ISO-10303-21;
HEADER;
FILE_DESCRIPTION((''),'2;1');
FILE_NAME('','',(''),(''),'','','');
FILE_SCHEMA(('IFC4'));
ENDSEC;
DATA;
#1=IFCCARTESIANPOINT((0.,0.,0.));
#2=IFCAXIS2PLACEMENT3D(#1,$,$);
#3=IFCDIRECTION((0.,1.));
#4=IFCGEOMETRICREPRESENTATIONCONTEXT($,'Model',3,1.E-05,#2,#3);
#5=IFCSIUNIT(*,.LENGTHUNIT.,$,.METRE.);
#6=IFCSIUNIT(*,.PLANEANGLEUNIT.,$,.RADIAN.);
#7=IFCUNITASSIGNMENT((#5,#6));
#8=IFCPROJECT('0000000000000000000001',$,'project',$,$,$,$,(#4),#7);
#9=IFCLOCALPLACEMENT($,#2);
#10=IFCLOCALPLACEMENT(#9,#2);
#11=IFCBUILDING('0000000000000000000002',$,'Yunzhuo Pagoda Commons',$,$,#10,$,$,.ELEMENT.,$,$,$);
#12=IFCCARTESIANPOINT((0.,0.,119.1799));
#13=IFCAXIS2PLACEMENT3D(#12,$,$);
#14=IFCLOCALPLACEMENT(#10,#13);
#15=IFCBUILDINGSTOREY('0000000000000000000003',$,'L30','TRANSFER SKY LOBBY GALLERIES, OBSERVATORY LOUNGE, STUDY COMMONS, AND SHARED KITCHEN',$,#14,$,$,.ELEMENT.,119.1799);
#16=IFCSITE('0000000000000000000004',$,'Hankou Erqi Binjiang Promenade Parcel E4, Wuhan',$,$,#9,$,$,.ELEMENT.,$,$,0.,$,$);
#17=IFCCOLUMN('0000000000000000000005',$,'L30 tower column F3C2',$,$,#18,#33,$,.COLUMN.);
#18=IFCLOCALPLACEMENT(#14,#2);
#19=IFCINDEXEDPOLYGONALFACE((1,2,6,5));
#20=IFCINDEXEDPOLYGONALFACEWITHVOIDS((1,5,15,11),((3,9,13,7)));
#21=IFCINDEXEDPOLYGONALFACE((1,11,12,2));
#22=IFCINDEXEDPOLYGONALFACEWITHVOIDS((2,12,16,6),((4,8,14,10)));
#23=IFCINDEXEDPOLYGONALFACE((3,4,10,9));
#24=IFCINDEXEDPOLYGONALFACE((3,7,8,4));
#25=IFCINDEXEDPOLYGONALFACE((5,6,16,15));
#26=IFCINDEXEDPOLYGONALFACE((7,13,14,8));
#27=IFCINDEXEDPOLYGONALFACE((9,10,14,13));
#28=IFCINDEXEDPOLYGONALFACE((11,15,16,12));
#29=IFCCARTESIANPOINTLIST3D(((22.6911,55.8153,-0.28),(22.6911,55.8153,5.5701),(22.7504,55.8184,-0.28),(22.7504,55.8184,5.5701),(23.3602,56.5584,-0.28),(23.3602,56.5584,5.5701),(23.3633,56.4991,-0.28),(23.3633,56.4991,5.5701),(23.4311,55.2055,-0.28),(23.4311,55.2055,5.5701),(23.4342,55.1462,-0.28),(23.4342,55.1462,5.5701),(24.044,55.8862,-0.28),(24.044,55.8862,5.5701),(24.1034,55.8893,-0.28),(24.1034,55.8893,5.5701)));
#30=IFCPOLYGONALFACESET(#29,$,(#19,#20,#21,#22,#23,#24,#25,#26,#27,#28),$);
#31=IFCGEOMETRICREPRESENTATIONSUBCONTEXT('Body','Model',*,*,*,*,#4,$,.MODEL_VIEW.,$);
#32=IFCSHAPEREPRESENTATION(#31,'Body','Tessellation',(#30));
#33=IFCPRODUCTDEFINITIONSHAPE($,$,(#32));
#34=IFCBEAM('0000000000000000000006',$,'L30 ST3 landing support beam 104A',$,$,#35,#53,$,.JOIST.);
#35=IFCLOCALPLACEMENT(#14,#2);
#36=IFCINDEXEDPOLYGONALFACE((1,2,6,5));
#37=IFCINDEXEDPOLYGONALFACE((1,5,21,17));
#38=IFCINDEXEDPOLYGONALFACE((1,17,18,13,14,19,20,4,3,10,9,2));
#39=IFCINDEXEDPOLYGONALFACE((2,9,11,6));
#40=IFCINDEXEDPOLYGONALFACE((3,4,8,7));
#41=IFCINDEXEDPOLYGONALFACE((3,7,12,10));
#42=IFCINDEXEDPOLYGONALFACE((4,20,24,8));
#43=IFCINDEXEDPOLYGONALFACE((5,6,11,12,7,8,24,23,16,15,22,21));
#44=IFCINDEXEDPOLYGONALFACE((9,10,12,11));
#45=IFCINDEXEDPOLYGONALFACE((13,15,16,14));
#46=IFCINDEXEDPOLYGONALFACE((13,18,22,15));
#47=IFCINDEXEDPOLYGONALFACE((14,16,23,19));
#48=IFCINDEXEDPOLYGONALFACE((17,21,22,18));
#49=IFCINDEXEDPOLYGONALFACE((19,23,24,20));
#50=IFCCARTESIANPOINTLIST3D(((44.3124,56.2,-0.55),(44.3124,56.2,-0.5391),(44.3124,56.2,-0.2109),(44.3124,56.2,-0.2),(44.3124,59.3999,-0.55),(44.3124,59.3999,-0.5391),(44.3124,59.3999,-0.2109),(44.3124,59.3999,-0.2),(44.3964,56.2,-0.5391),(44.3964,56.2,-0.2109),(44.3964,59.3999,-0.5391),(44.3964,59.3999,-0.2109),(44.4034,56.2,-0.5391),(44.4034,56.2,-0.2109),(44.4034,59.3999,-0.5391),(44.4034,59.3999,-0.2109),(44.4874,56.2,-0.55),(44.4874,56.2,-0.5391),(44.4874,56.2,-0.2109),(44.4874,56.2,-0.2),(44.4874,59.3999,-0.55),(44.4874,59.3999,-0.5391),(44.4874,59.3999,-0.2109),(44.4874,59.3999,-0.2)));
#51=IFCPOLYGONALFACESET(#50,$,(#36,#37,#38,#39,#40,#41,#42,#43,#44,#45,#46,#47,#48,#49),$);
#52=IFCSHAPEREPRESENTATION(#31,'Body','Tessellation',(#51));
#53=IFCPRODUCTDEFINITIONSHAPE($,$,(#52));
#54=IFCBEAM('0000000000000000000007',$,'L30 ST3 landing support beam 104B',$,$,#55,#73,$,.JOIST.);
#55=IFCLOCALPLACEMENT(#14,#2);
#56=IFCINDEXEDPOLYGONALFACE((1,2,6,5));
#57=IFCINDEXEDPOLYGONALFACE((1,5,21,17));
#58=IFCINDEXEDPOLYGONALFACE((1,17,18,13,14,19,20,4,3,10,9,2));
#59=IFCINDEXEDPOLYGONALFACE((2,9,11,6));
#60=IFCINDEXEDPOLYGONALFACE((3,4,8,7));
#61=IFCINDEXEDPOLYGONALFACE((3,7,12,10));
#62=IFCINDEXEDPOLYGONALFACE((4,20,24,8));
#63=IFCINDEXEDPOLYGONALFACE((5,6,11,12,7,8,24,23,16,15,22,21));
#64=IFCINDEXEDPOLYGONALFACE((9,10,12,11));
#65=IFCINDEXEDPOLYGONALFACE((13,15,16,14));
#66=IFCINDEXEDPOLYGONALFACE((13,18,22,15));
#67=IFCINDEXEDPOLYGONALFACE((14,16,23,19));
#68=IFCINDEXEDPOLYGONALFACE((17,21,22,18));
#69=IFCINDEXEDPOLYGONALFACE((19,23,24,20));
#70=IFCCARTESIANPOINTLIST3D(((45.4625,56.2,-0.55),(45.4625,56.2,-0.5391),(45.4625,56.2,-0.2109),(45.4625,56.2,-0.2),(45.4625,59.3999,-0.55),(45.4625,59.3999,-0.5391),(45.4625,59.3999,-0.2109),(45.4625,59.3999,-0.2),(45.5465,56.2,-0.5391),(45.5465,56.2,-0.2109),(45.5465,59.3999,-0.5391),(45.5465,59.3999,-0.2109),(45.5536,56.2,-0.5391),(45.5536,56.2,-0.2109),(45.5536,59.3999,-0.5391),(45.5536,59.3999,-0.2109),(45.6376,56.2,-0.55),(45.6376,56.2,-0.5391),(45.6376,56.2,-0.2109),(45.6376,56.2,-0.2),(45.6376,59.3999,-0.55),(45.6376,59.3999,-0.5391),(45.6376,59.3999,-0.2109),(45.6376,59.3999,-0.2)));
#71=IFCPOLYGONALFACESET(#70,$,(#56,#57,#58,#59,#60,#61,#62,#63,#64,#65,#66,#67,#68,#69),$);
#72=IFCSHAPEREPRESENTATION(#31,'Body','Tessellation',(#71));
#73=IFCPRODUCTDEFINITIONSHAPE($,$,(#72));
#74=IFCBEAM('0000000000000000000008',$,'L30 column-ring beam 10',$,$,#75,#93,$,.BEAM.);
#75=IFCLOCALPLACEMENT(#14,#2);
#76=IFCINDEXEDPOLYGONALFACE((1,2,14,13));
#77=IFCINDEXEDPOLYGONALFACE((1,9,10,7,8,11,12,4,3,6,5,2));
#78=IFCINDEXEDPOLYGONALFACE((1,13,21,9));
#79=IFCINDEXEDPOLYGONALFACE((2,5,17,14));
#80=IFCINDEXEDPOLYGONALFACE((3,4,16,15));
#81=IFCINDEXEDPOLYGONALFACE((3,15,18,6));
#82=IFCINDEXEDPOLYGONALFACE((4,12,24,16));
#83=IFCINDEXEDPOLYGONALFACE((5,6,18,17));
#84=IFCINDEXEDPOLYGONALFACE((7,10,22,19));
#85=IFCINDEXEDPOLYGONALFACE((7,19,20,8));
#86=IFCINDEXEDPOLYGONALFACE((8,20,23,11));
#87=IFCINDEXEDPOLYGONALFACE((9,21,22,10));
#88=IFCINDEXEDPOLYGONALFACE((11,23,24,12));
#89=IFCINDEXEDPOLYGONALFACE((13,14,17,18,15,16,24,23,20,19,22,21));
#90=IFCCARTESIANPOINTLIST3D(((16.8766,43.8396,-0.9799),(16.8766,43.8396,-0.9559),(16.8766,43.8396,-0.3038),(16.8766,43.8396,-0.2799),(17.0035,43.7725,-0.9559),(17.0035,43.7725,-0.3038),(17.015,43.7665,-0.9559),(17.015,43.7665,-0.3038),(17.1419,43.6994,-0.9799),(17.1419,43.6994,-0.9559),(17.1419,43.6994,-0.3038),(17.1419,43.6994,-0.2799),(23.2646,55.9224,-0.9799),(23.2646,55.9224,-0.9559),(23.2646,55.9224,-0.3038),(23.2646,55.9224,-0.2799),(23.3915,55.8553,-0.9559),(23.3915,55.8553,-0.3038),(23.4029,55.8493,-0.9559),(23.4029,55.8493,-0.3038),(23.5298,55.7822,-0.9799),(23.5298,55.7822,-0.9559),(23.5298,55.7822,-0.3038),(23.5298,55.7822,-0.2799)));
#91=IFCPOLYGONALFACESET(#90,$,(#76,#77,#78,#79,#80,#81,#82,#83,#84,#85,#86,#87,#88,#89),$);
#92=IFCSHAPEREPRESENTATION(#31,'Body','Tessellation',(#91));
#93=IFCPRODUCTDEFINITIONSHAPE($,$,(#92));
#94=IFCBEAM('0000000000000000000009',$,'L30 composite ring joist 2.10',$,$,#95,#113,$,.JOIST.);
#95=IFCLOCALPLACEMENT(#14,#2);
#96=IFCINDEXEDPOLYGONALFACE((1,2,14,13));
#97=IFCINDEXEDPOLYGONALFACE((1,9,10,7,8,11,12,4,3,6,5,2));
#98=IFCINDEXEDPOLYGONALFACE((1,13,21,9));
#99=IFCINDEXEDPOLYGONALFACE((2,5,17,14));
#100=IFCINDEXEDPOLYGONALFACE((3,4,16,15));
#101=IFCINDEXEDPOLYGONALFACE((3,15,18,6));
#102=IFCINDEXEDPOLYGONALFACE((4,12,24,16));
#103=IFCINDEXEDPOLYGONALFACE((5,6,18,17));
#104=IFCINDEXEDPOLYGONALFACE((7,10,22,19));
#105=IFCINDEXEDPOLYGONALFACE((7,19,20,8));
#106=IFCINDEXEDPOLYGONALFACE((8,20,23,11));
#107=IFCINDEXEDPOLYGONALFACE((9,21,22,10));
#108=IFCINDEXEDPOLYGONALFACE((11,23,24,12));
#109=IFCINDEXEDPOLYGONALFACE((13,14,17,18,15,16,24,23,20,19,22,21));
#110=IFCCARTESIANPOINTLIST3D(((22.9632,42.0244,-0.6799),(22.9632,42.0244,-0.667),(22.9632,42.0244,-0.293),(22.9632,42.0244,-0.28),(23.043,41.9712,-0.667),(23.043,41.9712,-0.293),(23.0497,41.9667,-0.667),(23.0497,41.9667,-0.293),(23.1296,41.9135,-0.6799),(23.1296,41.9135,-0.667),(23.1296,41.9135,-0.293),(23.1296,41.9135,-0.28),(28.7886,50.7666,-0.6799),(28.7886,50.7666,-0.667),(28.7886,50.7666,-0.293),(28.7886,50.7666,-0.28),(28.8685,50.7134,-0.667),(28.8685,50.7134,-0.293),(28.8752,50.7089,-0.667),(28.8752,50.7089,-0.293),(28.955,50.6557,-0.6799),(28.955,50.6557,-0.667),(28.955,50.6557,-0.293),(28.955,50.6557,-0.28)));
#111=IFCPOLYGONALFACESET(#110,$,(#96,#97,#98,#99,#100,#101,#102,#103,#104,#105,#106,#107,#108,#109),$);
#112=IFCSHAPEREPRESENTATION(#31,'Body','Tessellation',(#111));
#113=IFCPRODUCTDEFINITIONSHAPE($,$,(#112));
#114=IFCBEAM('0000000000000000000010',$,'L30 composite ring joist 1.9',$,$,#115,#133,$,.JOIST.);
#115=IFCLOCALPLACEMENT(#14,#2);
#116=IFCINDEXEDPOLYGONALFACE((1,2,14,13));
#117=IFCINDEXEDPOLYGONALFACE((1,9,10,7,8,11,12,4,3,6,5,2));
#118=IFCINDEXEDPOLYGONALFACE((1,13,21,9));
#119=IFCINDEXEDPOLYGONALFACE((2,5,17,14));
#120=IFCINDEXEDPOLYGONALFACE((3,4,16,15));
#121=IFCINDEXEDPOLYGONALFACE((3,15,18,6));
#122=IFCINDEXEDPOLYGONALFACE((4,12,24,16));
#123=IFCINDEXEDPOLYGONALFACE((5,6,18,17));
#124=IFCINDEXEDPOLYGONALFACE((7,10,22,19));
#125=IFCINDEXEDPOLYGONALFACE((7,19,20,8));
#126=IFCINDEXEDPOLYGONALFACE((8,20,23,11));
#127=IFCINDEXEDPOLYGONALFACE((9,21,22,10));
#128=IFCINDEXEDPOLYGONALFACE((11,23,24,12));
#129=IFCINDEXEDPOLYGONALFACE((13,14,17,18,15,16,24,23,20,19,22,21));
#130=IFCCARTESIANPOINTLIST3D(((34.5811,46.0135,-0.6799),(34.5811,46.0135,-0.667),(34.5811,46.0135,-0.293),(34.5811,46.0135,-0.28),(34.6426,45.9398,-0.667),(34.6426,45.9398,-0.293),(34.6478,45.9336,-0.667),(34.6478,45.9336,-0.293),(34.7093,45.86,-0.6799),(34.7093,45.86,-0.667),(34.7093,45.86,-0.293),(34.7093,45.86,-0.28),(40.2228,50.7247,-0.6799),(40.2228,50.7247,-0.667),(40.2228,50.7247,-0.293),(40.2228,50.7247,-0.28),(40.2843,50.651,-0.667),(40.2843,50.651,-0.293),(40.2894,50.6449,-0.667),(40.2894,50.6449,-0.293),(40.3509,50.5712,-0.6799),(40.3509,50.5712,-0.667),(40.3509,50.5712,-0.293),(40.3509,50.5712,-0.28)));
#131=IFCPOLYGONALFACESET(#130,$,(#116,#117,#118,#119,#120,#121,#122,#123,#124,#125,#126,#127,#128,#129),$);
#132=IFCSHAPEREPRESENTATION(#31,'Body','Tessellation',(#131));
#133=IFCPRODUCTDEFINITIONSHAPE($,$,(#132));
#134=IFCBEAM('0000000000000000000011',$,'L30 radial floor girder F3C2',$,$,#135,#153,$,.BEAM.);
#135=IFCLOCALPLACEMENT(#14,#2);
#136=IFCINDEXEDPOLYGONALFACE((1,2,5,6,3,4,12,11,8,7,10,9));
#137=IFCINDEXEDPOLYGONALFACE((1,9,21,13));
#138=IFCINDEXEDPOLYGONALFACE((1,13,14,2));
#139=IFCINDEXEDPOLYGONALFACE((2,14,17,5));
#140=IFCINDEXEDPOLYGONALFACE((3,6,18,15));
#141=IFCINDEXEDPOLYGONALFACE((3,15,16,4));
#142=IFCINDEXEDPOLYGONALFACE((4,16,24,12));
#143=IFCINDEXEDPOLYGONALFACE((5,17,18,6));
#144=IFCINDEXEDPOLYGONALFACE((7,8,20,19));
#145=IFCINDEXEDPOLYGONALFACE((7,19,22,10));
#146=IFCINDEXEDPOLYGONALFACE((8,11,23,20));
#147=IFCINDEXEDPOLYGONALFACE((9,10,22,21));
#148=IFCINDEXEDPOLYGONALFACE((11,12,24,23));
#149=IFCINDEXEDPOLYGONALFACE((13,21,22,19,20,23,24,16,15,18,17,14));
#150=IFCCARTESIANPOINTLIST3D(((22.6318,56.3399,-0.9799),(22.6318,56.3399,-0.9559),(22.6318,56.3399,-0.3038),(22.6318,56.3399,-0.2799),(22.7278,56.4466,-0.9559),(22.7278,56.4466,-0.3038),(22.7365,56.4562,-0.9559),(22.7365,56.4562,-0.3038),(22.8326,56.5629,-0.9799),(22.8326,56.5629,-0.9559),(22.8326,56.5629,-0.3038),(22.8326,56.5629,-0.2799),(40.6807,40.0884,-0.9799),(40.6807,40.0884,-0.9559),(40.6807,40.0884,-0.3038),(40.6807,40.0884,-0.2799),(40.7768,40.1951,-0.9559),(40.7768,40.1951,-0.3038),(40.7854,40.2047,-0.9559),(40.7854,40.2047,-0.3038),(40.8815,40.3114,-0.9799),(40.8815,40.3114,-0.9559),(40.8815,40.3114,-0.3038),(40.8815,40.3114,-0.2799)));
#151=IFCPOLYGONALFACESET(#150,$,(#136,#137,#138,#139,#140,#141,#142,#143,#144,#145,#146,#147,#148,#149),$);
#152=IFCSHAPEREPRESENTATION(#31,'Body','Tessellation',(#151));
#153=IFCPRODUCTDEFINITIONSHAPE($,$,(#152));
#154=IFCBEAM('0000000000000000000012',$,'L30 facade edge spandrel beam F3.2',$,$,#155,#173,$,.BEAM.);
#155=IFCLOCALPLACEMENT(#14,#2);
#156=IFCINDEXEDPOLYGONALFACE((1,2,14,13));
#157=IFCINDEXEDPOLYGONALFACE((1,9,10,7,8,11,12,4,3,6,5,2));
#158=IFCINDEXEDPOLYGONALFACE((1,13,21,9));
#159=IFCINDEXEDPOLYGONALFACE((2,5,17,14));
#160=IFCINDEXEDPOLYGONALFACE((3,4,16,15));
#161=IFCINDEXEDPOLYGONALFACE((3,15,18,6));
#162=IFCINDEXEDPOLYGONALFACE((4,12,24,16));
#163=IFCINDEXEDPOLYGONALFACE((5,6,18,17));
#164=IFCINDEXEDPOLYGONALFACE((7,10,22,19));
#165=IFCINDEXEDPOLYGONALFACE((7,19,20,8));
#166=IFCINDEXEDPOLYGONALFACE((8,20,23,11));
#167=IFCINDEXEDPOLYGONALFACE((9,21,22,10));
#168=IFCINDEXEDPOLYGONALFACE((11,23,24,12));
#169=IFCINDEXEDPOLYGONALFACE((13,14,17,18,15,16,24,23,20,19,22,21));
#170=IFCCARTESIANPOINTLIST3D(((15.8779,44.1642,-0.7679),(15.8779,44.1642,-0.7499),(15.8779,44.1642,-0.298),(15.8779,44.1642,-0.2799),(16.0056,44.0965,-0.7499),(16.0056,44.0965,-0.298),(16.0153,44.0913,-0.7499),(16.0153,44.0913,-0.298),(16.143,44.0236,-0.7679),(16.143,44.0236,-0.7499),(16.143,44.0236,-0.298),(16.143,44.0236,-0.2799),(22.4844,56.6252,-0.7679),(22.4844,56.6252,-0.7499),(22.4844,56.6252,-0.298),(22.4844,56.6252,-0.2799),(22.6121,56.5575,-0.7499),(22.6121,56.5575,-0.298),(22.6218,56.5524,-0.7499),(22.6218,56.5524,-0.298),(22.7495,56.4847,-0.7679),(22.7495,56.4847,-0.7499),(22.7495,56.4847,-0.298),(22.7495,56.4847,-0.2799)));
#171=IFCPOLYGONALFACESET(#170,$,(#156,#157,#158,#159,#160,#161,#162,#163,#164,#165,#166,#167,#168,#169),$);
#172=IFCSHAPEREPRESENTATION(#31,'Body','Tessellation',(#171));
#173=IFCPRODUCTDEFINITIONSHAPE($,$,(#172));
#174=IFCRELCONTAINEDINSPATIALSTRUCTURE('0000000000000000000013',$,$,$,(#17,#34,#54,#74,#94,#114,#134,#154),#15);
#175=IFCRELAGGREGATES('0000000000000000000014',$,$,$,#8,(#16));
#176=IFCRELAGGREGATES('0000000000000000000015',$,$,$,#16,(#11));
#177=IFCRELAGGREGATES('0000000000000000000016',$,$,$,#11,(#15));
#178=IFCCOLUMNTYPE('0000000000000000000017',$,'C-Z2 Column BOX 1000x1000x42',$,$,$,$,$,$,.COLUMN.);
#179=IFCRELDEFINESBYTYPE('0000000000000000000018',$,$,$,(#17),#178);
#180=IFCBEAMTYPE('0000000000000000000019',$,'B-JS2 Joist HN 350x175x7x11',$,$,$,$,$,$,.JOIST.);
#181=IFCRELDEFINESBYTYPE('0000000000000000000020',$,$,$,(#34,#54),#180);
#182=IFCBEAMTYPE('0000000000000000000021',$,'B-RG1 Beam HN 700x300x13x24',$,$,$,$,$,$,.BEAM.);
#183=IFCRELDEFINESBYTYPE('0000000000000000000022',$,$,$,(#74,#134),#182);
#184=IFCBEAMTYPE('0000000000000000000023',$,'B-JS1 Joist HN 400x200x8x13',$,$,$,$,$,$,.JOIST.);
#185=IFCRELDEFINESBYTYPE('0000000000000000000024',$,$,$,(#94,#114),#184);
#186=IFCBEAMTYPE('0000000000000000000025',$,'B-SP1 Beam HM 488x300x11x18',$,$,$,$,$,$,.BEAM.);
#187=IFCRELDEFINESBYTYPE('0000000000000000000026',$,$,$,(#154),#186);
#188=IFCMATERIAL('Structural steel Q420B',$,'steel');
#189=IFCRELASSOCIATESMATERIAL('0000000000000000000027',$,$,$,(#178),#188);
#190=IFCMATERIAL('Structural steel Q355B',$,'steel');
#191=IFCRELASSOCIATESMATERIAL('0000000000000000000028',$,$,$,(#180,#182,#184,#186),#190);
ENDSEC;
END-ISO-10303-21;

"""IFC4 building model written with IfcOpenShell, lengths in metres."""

from ifc_helpers import new_model, si_unit, direction, frame, origin, origin_2d, place, context, subcontext, project, spatial, hollow_rectangle, i_section, extrude, source, transform, mapped, material, material_profile, profile_set, type_object, element, save


model = new_model("IFC4")

# Units and contexts
model_context = context("Model", 3, precision=1e-05, world=origin(), true_north=direction((0.0, 1.0)))
body_context = subcontext(model_context, "Body", "Model", "MODEL_VIEW")
ifc_project = project(units=[si_unit("LENGTHUNIT", "METRE"), si_unit("PLANEANGLEUNIT", "RADIAN")], contexts=[model_context])

# Site, building, storey
site_placement = place(None, origin())
site = spatial("IfcSite", under=ifc_project, at=site_placement, Name="Hankou Erqi Binjiang Promenade Parcel E4, Wuhan", CompositionType="ELEMENT", RefElevation=0.0)
building_placement = place(site_placement, origin())
building = spatial("IfcBuilding", under=site, at=building_placement, Name="Yunzhuo Pagoda Commons", CompositionType="ELEMENT")
storey_placement = place(building_placement, frame((0.0, 0.0, 119.1799)))
storey = spatial("IfcBuildingStorey", under=building, at=storey_placement, Name="L30", Description="TRANSFER SKY LOBBY GALLERIES, OBSERVATORY LOUNGE, STUDY COMMONS, AND SHARED KITCHEN", CompositionType="ELEMENT", Elevation=119.1799)

# Column
ifc_material_1 = material(Name="Structural steel Q420B", Category="steel")
ifc_material_profile_1 = material_profile(ifc_material_1, hollow_rectangle(XDim=1.0, YDim=1.0, WallThickness=0.042, at=origin_2d()), Name="Structural steel Q420B")
ifc_profile_set_1 = profile_set([ifc_material_profile_1], Name="Structural steel Q420B")
column_type = type_object("IfcColumnType", Name="C-Z2 Column BOX 1000x1000x42", PredefinedType="COLUMN", material=ifc_profile_set_1)
shared_shape_1 = source(origin(), body_context, "Body", "SweptSolid", [
    extrude(hollow_rectangle(XDim=1.0, YDim=1.0, WallThickness=0.042, at=origin_2d()), origin(), (0.0, 0.0, 1.0), 5.8501),
])
column_placement = place(storey_placement, frame((23.3972, 55.8523, -0.28), z_axis=(0.0, 0.0, 1.0), x_axis=(-0.669131, -0.743145, 0.0)))
element("IfcColumn", 1, at=column_placement, inside=storey, type_object=column_type, Name="L30 tower column F3C2", PredefinedType="COLUMN", context=body_context, shape_type="MappedRepresentation", body=[
    mapped(shared_shape_1, transform((0.0, 0.0, 0.0), scale=1.0)),
])

# Beams
ifc_material_2 = material(Name="Structural steel Q355B", Category="steel")
ifc_material_profile_2 = material_profile(ifc_material_2, i_section(OverallWidth=0.175, OverallDepth=0.3501, WebThickness=0.0071, FlangeThickness=0.011, at=origin_2d()), Name="Structural steel Q355B")
ifc_profile_set_2 = profile_set([ifc_material_profile_2], Name="Structural steel Q355B")
beam_type_1 = type_object("IfcBeamType", Name="B-JS2 Joist HN 350x175x7x11", PredefinedType="JOIST", material=ifc_profile_set_2)
shared_shape_2 = source(origin(), body_context, "Body", "SweptSolid", [
    extrude(i_section(OverallWidth=0.175, OverallDepth=0.3501, WebThickness=0.0071, FlangeThickness=0.011, at=origin_2d()), origin(), (0.0, 0.0, 1.0), 3.2),
])
for number, where, z_axis, x_axis, name in (
    (2, (44.3999, 56.2, -0.375), (0.0, 1.0, 0.0), (-1.0, 0.0, 0.0), "L30 ST3 landing support beam 104A"),
    (3, (45.55, 56.2, -0.375), (0.0, 1.0, 0.0), (-1.0, 0.0, 0.0), "L30 ST3 landing support beam 104B"),
):
    element("IfcBeam", number, at=place(storey_placement, frame(where, z_axis=z_axis, x_axis=x_axis)), inside=storey, type_object=beam_type_1, Name=name, PredefinedType="JOIST", context=body_context, shape_type="MappedRepresentation", body=[
        mapped(shared_shape_2, transform((0.0, 0.0, 0.0), scale=1.0)),
    ])
ifc_material_profile_3 = material_profile(ifc_material_2, i_section(OverallWidth=0.3, OverallDepth=0.7, WebThickness=0.0129, FlangeThickness=0.0239, at=origin_2d()), Name="Structural steel Q355B")
ifc_profile_set_3 = profile_set([ifc_material_profile_3], Name="Structural steel Q355B")
beam_type_2 = type_object("IfcBeamType", Name="B-RG1 Beam HN 700x300x13x24", PredefinedType="BEAM", material=ifc_profile_set_3)
shared_shape_3 = source(origin(), body_context, "Body", "SweptSolid", [
    extrude(i_section(OverallWidth=0.3, OverallDepth=0.7, WebThickness=0.0129, FlangeThickness=0.0239, at=origin_2d()), origin(), (0.0, 0.0, 1.0), 13.6675),
])
beam_1_placement = place(storey_placement, frame((23.3972, 55.8523, -0.6299), z_axis=(-0.467384, -0.884055, 0.0), x_axis=(0.884055, -0.467384, 0.0)))
element("IfcBeam", 4, at=beam_1_placement, inside=storey, type_object=beam_type_2, Name="L30 column-ring beam 10", PredefinedType="BEAM", context=body_context, shape_type="MappedRepresentation", body=[
    mapped(shared_shape_3, transform((0.0, 0.0, 0.0), scale=1.0)),
])
ifc_material_profile_4 = material_profile(ifc_material_2, i_section(OverallWidth=0.2, OverallDepth=0.3999, WebThickness=0.0081, FlangeThickness=0.0129, at=origin_2d()), Name="Structural steel Q355B")
ifc_profile_set_4 = profile_set([ifc_material_profile_4], Name="Structural steel Q355B")
beam_type_3 = type_object("IfcBeamType", Name="B-JS1 Joist HN 400x200x8x13", PredefinedType="JOIST", material=ifc_profile_set_4)
shared_shape_4 = source(origin(), body_context, "Body", "SweptSolid", [
    extrude(i_section(OverallWidth=0.2, OverallDepth=0.3999, WebThickness=0.0081, FlangeThickness=0.0129, at=origin_2d()), origin(), (0.0, 0.0, 1.0), 10.5054),
])
beam_2_placement = place(storey_placement, frame((28.8718, 50.7112, -0.48), z_axis=(-0.554523, -0.832168, 0.0), x_axis=(0.832168, -0.554523, 0.0)))
element("IfcBeam", 5, at=beam_2_placement, inside=storey, type_object=beam_type_3, Name="L30 composite ring joist 2.10", PredefinedType="JOIST", context=body_context, shape_type="MappedRepresentation", body=[
    mapped(shared_shape_4, transform((0.0, 0.0, 0.0), scale=1.0)),
])
shared_shape_5 = source(origin(), body_context, "Body", "SweptSolid", [
    extrude(i_section(OverallWidth=0.2, OverallDepth=0.3999, WebThickness=0.0081, FlangeThickness=0.0129, at=origin_2d()), origin(), (0.0, 0.0, 1.0), 7.3501),
])
beam_3_placement = place(storey_placement, frame((40.2869, 50.6479, -0.48), z_axis=(-0.767562, -0.640975, 0.0), x_axis=(0.640975, -0.767562, 0.0)))
element("IfcBeam", 6, at=beam_3_placement, inside=storey, type_object=beam_type_3, Name="L30 composite ring joist 1.9", PredefinedType="JOIST", context=body_context, shape_type="MappedRepresentation", body=[
    mapped(shared_shape_5, transform((0.0, 0.0, 0.0), scale=1.0)),
])
shared_shape_6 = source(origin(), body_context, "Body", "SweptSolid", [
    extrude(i_section(OverallWidth=0.3, OverallDepth=0.7, WebThickness=0.0129, FlangeThickness=0.0239, at=origin_2d()), origin(), (0.0, 0.0, 1.0), 24.2874),
])
beam_4_placement = place(storey_placement, frame((22.7322, 56.4514, -0.6299), z_axis=(0.74314, -0.669136, 0.0), x_axis=(0.669136, 0.74314, 0.0)))
element("IfcBeam", 7, at=beam_4_placement, inside=storey, type_object=beam_type_2, Name="L30 radial floor girder F3C2", PredefinedType="BEAM", context=body_context, shape_type="MappedRepresentation", body=[
    mapped(shared_shape_6, transform((0.0, 0.0, 0.0), scale=1.0)),
])
ifc_material_profile_5 = material_profile(ifc_material_2, i_section(OverallWidth=0.3, OverallDepth=0.488, WebThickness=0.011, FlangeThickness=0.0181, at=origin_2d()), Name="Structural steel Q355B")
ifc_profile_set_5 = profile_set([ifc_material_profile_5], Name="Structural steel Q355B")
beam_type_4 = type_object("IfcBeamType", Name="B-SP1 Beam HM 488x300x11x18", PredefinedType="BEAM", material=ifc_profile_set_5)
shared_shape_7 = source(origin(), body_context, "Body", "SweptSolid", [
    extrude(i_section(OverallWidth=0.3, OverallDepth=0.488, WebThickness=0.011, FlangeThickness=0.0181, at=origin_2d()), origin(), (0.0, 0.0, 1.0), 14.104),
])
beam_5_placement = place(storey_placement, frame((22.6169, 56.5549, -0.5239), z_axis=(-0.468413, -0.88351, 0.0), x_axis=(0.88351, -0.468413, 0.0)))
element("IfcBeam", 8, at=beam_5_placement, inside=storey, type_object=beam_type_4, Name="L30 facade edge spandrel beam F3.2", PredefinedType="BEAM", context=body_context, shape_type="MappedRepresentation", body=[
    mapped(shared_shape_7, transform((0.0, 0.0, 0.0), scale=1.0)),
])

save(model, "model.ifc")
